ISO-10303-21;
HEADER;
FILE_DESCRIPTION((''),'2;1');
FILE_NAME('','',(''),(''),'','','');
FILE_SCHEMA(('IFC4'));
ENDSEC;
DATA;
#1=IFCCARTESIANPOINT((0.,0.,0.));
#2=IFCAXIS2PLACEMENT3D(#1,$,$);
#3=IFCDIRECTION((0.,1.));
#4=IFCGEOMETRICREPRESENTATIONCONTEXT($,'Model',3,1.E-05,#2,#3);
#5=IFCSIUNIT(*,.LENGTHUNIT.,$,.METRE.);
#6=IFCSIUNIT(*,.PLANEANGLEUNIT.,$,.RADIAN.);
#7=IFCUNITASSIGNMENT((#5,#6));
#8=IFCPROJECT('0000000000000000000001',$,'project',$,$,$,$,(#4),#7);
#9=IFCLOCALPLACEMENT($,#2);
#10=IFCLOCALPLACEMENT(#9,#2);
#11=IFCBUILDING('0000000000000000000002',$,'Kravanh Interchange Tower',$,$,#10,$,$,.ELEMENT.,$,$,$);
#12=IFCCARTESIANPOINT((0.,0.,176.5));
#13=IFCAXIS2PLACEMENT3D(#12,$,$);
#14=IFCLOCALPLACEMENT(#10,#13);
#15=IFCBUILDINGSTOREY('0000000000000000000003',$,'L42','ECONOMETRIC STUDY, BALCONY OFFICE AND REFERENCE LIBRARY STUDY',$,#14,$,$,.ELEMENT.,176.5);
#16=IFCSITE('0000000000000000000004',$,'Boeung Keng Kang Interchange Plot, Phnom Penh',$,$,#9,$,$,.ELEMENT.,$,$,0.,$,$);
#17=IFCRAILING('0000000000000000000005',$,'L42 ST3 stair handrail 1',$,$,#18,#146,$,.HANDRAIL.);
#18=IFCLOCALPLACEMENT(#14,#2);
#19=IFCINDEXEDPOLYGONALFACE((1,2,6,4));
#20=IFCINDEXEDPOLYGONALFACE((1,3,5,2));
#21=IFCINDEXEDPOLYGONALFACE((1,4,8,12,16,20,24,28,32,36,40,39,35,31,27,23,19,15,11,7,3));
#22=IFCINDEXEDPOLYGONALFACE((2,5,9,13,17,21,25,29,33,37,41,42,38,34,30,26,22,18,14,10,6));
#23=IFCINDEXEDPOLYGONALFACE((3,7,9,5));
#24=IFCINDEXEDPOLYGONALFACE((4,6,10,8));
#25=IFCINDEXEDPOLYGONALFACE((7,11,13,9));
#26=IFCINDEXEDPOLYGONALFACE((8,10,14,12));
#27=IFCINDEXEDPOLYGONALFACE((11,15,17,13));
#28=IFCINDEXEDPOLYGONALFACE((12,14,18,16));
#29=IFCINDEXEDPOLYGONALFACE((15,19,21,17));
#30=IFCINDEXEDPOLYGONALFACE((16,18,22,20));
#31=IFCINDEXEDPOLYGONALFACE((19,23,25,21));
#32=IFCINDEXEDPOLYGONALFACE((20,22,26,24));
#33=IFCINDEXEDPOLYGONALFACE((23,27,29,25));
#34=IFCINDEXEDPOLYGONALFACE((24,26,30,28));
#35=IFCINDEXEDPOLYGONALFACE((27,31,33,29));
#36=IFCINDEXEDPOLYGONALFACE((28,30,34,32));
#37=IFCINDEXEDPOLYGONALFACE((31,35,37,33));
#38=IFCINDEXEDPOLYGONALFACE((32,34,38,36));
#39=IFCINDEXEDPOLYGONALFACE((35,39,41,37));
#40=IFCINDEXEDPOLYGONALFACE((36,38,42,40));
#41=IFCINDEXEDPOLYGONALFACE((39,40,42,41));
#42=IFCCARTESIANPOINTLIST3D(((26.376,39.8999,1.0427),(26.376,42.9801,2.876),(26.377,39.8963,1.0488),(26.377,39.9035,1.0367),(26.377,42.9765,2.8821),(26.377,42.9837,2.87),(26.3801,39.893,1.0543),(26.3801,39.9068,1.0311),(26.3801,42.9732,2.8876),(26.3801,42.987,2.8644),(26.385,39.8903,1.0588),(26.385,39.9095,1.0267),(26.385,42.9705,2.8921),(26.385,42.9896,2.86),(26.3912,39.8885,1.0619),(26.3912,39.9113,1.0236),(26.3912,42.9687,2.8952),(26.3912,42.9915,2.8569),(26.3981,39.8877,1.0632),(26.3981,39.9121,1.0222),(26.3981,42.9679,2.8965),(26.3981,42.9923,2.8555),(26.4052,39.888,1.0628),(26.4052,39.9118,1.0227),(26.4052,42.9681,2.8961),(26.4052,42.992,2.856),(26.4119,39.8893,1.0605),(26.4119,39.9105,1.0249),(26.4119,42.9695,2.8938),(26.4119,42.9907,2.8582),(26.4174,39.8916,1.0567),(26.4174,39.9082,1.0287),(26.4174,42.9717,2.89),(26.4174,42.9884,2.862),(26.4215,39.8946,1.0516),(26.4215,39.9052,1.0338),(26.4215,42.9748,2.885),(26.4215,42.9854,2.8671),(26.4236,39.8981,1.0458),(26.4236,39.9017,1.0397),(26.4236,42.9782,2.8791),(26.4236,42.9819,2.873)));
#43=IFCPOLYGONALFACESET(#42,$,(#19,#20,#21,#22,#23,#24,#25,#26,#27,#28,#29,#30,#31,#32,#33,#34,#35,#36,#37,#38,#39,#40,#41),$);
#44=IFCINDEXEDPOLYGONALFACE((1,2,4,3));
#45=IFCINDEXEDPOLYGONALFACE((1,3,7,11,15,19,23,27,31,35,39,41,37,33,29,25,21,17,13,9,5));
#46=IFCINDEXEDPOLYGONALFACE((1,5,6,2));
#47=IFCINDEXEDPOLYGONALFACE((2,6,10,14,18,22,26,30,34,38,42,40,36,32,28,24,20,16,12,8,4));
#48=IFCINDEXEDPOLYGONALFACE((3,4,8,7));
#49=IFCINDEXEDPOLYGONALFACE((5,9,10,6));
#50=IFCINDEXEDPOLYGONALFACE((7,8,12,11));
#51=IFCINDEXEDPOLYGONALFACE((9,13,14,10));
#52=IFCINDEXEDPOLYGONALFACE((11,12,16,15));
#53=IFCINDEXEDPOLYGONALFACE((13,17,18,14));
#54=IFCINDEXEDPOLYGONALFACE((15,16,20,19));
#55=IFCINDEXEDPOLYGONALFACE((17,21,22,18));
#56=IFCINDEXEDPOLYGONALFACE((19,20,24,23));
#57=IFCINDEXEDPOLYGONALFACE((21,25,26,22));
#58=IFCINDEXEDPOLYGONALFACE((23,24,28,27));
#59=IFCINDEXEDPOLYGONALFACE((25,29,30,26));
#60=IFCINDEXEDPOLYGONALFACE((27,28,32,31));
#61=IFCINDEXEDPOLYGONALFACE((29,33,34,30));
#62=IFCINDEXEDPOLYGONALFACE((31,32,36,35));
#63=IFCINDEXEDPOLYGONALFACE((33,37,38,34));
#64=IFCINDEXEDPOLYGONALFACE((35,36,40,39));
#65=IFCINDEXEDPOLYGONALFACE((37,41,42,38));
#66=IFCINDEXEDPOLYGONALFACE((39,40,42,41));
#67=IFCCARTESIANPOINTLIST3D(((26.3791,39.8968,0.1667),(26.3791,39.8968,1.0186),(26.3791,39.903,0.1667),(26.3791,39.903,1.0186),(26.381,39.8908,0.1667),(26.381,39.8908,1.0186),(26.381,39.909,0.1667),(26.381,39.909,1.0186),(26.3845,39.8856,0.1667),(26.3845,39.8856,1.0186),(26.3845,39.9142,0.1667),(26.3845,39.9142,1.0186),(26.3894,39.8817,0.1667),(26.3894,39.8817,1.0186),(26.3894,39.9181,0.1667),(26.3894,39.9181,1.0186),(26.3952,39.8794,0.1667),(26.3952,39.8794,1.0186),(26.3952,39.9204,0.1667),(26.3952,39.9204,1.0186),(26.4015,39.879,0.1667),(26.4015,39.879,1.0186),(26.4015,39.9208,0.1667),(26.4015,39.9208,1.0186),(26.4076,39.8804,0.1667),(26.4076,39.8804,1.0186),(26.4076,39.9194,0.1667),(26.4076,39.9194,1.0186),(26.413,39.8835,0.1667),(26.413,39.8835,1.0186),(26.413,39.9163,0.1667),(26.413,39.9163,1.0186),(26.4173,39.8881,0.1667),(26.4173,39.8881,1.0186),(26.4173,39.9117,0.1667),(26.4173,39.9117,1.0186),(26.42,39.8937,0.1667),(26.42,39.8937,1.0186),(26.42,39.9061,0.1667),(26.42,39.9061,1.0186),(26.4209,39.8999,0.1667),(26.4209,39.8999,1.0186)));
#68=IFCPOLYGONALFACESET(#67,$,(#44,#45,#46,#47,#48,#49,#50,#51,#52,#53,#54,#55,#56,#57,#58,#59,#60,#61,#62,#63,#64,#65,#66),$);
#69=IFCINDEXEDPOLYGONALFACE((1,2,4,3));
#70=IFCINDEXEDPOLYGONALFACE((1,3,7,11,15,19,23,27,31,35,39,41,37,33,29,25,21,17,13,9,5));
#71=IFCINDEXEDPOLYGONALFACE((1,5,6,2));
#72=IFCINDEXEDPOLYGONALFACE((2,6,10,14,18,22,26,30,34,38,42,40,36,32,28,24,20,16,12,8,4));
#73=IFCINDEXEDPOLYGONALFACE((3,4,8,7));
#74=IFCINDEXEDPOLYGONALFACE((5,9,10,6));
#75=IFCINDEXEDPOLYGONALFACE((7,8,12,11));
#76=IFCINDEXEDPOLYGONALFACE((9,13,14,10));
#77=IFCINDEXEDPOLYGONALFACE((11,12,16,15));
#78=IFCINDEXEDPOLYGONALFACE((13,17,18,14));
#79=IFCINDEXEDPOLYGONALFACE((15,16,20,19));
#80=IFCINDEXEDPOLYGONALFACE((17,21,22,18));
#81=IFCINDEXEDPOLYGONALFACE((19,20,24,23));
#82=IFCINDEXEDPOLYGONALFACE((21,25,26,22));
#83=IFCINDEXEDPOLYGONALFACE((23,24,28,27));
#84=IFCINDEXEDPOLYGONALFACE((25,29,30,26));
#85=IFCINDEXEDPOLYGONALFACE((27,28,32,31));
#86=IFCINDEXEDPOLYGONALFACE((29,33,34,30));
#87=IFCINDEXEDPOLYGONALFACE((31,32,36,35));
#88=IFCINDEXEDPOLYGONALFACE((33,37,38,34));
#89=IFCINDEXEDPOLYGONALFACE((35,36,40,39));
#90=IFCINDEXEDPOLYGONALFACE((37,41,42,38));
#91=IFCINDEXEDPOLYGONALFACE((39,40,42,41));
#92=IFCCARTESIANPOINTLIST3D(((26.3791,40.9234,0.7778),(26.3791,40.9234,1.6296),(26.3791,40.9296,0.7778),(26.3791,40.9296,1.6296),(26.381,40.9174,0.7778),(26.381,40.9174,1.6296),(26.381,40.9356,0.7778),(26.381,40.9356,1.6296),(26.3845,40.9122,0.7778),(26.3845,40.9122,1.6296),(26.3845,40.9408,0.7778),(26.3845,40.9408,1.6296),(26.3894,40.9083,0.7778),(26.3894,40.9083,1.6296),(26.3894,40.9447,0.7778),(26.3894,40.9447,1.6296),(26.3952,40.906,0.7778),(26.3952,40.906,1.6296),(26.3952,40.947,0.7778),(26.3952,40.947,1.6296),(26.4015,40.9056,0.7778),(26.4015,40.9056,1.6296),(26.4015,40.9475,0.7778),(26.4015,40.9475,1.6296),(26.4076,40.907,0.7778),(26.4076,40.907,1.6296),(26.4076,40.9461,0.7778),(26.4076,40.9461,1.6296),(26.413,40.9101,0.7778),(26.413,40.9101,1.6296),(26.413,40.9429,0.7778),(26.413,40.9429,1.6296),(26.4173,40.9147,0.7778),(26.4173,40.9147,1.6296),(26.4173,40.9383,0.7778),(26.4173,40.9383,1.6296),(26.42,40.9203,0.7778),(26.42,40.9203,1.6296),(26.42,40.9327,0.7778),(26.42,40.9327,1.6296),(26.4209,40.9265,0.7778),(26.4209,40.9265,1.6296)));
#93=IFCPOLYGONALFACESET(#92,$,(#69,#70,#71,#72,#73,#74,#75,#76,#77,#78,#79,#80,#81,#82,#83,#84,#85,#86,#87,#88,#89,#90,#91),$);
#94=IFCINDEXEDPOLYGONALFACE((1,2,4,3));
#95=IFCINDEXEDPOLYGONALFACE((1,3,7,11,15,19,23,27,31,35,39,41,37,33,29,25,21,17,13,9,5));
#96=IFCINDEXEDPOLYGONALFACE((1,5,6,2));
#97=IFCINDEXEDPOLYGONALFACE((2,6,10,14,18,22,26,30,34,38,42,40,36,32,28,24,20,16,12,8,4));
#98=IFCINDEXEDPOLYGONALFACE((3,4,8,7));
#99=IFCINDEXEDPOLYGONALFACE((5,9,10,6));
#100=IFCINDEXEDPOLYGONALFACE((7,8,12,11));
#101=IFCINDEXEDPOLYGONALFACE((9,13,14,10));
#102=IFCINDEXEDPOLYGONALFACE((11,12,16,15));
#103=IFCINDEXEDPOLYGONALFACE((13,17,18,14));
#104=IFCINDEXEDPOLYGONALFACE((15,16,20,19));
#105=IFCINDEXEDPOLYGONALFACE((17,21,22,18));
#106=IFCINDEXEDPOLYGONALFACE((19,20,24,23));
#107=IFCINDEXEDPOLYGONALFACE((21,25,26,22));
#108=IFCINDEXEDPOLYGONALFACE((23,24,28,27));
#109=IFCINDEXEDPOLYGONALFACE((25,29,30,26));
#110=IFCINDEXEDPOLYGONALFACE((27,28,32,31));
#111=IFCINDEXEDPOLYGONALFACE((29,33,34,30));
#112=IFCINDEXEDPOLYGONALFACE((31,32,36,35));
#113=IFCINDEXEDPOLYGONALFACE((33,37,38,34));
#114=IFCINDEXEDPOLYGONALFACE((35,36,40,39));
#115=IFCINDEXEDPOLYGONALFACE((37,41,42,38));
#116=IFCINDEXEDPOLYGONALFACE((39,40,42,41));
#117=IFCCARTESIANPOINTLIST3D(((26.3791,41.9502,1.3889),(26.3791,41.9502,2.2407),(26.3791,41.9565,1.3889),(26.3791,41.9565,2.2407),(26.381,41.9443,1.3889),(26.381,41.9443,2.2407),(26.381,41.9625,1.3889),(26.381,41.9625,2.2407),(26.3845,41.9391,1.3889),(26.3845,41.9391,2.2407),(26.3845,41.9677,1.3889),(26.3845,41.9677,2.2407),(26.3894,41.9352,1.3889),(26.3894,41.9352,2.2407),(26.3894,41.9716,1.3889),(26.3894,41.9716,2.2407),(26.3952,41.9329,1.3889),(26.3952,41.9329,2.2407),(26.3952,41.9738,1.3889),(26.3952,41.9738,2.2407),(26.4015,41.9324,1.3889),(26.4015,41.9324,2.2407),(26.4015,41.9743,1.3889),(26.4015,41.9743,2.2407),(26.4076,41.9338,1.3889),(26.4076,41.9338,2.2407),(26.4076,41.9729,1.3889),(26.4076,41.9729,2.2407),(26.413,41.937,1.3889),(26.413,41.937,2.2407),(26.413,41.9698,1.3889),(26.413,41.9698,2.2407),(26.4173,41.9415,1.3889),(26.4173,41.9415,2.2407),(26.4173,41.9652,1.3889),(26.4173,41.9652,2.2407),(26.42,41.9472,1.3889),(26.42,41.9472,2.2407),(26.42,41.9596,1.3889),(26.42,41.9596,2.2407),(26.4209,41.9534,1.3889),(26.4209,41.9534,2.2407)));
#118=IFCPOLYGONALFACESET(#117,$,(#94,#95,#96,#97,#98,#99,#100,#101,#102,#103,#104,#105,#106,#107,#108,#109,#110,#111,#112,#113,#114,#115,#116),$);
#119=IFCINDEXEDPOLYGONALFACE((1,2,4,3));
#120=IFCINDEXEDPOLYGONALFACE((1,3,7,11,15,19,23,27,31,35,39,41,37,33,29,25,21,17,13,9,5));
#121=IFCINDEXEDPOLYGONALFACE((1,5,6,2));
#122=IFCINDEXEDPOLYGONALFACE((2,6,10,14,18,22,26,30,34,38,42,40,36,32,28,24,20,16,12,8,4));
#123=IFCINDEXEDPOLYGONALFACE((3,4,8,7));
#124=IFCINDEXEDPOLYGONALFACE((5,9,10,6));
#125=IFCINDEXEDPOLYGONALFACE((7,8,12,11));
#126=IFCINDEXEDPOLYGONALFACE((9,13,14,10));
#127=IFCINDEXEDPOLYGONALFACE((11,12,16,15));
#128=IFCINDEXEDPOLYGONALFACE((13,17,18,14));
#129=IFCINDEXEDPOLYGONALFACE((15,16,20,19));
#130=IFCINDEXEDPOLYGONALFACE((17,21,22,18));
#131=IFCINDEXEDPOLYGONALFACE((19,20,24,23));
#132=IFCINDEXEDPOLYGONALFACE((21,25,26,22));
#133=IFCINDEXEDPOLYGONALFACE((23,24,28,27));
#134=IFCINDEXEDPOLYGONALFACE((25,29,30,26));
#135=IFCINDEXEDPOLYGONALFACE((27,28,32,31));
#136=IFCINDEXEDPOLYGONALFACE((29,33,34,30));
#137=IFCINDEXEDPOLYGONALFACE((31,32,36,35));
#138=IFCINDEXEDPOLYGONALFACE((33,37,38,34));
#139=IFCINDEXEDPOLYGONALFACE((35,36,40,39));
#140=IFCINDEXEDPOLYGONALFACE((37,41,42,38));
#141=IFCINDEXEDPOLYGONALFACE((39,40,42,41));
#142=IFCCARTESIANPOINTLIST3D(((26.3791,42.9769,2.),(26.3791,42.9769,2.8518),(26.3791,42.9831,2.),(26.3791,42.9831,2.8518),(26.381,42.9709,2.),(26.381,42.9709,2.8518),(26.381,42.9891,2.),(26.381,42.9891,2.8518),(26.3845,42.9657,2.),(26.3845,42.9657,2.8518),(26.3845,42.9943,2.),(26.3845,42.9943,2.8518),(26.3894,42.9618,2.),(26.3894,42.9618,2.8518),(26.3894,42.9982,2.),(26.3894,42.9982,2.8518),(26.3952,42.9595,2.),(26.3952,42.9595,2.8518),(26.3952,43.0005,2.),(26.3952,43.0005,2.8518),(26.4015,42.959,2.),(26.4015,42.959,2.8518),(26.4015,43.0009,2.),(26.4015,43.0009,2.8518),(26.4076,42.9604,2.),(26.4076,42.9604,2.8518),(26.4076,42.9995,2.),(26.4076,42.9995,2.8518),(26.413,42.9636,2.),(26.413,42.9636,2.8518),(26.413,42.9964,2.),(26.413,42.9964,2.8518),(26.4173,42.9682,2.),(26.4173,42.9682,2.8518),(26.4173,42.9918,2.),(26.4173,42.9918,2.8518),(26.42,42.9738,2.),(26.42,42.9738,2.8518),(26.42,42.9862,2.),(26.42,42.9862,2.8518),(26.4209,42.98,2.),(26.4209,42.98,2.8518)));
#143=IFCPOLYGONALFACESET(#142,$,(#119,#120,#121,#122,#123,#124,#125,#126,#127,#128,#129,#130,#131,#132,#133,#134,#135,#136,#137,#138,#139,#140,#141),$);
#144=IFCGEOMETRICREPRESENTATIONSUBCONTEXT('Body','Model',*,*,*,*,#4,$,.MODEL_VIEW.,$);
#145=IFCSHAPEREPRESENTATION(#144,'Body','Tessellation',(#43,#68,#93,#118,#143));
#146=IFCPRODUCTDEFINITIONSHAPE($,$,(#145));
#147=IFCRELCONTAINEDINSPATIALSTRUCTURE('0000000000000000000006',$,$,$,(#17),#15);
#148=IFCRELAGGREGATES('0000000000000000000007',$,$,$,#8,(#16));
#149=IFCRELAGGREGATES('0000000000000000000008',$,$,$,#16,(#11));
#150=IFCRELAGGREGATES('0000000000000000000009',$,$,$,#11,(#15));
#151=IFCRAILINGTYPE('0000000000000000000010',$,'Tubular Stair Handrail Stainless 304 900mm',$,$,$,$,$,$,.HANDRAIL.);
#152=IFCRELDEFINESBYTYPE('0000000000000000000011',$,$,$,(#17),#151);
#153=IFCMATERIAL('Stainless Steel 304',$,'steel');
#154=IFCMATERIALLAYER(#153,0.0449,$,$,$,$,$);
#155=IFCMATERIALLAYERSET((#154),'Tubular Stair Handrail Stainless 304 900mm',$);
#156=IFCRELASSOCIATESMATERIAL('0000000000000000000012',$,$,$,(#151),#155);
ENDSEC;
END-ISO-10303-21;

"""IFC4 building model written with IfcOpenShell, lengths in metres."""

from ifc_helpers import new_model, si_unit, direction, frame, origin, origin_2d, place, context, subcontext, project, spatial, circle, extrude, material, layer, layer_set, type_object, element, save


model = new_model("IFC4")

# Units and contexts
model_context = context("Model", 3, precision=1e-05, world=origin(), true_north=direction((0.0, 1.0)))
body_context = subcontext(model_context, "Body", "Model", "MODEL_VIEW")
ifc_project = project(units=[si_unit("LENGTHUNIT", "METRE"), si_unit("PLANEANGLEUNIT", "RADIAN")], contexts=[model_context])

# Site, building, storey
site_placement = place(None, origin())
site = spatial("IfcSite", under=ifc_project, at=site_placement, Name="Boeung Keng Kang Interchange Plot, Phnom Penh", CompositionType="ELEMENT", RefElevation=0.0)
building_placement = place(site_placement, origin())
building = spatial("IfcBuilding", under=site, at=building_placement, Name="Kravanh Interchange Tower", CompositionType="ELEMENT")
storey_placement = place(building_placement, frame((0.0, 0.0, 176.5)))
storey = spatial("IfcBuildingStorey", under=building, at=storey_placement, Name="L42", Description="ECONOMETRIC STUDY, BALCONY OFFICE AND REFERENCE LIBRARY STUDY", CompositionType="ELEMENT", Elevation=176.5)

# Railing
ifc_material_1 = material(Name="Stainless Steel 304", Category="steel")
ifc_layer_1 = layer(ifc_material_1, 0.0449)
ifc_layer_set_1 = layer_set([ifc_layer_1], Name="Tubular Stair Handrail Stainless 304 900mm")
railing_type_1 = type_object("IfcRailingType", Name="Tubular Stair Handrail Stainless 304 900mm", PredefinedType="HANDRAIL", material=ifc_layer_set_1)
railing_1_placement = place(storey_placement, frame((26.3999, 39.8999, 0.1667)))
element("IfcRailing", 1, at=railing_1_placement, inside=storey, type_object=railing_type_1, Name="L42 ST3 stair handrail 1", PredefinedType="HANDRAIL", context=body_context, shape_type="SweptSolid", body=[
    extrude(circle(Radius=0.0239, at=origin_2d()), frame((0.0, 0.0, 0.876), z_axis=(0.0, 0.859309, 0.511458), x_axis=(-1.0, 0.0, 0.0)), (0.0, 0.0, 1.0), 3.5845),
    extrude(circle(Radius=0.021, at=origin_2d()), origin(), (0.0, 0.0, 1.0), 0.8518),
    extrude(circle(Radius=0.021, at=origin_2d()), frame((0.0, 1.0266, 0.6111)), (0.0, 0.0, 1.0), 0.8518),
    extrude(circle(Radius=0.021, at=origin_2d()), frame((0.0, 2.0535, 1.2222)), (0.0, 0.0, 1.0), 0.8518),
    extrude(circle(Radius=0.021, at=origin_2d()), frame((0.0, 3.0801, 1.8333)), (0.0, 0.0, 1.0), 0.8518),
])

save(model, "model.ifc")
